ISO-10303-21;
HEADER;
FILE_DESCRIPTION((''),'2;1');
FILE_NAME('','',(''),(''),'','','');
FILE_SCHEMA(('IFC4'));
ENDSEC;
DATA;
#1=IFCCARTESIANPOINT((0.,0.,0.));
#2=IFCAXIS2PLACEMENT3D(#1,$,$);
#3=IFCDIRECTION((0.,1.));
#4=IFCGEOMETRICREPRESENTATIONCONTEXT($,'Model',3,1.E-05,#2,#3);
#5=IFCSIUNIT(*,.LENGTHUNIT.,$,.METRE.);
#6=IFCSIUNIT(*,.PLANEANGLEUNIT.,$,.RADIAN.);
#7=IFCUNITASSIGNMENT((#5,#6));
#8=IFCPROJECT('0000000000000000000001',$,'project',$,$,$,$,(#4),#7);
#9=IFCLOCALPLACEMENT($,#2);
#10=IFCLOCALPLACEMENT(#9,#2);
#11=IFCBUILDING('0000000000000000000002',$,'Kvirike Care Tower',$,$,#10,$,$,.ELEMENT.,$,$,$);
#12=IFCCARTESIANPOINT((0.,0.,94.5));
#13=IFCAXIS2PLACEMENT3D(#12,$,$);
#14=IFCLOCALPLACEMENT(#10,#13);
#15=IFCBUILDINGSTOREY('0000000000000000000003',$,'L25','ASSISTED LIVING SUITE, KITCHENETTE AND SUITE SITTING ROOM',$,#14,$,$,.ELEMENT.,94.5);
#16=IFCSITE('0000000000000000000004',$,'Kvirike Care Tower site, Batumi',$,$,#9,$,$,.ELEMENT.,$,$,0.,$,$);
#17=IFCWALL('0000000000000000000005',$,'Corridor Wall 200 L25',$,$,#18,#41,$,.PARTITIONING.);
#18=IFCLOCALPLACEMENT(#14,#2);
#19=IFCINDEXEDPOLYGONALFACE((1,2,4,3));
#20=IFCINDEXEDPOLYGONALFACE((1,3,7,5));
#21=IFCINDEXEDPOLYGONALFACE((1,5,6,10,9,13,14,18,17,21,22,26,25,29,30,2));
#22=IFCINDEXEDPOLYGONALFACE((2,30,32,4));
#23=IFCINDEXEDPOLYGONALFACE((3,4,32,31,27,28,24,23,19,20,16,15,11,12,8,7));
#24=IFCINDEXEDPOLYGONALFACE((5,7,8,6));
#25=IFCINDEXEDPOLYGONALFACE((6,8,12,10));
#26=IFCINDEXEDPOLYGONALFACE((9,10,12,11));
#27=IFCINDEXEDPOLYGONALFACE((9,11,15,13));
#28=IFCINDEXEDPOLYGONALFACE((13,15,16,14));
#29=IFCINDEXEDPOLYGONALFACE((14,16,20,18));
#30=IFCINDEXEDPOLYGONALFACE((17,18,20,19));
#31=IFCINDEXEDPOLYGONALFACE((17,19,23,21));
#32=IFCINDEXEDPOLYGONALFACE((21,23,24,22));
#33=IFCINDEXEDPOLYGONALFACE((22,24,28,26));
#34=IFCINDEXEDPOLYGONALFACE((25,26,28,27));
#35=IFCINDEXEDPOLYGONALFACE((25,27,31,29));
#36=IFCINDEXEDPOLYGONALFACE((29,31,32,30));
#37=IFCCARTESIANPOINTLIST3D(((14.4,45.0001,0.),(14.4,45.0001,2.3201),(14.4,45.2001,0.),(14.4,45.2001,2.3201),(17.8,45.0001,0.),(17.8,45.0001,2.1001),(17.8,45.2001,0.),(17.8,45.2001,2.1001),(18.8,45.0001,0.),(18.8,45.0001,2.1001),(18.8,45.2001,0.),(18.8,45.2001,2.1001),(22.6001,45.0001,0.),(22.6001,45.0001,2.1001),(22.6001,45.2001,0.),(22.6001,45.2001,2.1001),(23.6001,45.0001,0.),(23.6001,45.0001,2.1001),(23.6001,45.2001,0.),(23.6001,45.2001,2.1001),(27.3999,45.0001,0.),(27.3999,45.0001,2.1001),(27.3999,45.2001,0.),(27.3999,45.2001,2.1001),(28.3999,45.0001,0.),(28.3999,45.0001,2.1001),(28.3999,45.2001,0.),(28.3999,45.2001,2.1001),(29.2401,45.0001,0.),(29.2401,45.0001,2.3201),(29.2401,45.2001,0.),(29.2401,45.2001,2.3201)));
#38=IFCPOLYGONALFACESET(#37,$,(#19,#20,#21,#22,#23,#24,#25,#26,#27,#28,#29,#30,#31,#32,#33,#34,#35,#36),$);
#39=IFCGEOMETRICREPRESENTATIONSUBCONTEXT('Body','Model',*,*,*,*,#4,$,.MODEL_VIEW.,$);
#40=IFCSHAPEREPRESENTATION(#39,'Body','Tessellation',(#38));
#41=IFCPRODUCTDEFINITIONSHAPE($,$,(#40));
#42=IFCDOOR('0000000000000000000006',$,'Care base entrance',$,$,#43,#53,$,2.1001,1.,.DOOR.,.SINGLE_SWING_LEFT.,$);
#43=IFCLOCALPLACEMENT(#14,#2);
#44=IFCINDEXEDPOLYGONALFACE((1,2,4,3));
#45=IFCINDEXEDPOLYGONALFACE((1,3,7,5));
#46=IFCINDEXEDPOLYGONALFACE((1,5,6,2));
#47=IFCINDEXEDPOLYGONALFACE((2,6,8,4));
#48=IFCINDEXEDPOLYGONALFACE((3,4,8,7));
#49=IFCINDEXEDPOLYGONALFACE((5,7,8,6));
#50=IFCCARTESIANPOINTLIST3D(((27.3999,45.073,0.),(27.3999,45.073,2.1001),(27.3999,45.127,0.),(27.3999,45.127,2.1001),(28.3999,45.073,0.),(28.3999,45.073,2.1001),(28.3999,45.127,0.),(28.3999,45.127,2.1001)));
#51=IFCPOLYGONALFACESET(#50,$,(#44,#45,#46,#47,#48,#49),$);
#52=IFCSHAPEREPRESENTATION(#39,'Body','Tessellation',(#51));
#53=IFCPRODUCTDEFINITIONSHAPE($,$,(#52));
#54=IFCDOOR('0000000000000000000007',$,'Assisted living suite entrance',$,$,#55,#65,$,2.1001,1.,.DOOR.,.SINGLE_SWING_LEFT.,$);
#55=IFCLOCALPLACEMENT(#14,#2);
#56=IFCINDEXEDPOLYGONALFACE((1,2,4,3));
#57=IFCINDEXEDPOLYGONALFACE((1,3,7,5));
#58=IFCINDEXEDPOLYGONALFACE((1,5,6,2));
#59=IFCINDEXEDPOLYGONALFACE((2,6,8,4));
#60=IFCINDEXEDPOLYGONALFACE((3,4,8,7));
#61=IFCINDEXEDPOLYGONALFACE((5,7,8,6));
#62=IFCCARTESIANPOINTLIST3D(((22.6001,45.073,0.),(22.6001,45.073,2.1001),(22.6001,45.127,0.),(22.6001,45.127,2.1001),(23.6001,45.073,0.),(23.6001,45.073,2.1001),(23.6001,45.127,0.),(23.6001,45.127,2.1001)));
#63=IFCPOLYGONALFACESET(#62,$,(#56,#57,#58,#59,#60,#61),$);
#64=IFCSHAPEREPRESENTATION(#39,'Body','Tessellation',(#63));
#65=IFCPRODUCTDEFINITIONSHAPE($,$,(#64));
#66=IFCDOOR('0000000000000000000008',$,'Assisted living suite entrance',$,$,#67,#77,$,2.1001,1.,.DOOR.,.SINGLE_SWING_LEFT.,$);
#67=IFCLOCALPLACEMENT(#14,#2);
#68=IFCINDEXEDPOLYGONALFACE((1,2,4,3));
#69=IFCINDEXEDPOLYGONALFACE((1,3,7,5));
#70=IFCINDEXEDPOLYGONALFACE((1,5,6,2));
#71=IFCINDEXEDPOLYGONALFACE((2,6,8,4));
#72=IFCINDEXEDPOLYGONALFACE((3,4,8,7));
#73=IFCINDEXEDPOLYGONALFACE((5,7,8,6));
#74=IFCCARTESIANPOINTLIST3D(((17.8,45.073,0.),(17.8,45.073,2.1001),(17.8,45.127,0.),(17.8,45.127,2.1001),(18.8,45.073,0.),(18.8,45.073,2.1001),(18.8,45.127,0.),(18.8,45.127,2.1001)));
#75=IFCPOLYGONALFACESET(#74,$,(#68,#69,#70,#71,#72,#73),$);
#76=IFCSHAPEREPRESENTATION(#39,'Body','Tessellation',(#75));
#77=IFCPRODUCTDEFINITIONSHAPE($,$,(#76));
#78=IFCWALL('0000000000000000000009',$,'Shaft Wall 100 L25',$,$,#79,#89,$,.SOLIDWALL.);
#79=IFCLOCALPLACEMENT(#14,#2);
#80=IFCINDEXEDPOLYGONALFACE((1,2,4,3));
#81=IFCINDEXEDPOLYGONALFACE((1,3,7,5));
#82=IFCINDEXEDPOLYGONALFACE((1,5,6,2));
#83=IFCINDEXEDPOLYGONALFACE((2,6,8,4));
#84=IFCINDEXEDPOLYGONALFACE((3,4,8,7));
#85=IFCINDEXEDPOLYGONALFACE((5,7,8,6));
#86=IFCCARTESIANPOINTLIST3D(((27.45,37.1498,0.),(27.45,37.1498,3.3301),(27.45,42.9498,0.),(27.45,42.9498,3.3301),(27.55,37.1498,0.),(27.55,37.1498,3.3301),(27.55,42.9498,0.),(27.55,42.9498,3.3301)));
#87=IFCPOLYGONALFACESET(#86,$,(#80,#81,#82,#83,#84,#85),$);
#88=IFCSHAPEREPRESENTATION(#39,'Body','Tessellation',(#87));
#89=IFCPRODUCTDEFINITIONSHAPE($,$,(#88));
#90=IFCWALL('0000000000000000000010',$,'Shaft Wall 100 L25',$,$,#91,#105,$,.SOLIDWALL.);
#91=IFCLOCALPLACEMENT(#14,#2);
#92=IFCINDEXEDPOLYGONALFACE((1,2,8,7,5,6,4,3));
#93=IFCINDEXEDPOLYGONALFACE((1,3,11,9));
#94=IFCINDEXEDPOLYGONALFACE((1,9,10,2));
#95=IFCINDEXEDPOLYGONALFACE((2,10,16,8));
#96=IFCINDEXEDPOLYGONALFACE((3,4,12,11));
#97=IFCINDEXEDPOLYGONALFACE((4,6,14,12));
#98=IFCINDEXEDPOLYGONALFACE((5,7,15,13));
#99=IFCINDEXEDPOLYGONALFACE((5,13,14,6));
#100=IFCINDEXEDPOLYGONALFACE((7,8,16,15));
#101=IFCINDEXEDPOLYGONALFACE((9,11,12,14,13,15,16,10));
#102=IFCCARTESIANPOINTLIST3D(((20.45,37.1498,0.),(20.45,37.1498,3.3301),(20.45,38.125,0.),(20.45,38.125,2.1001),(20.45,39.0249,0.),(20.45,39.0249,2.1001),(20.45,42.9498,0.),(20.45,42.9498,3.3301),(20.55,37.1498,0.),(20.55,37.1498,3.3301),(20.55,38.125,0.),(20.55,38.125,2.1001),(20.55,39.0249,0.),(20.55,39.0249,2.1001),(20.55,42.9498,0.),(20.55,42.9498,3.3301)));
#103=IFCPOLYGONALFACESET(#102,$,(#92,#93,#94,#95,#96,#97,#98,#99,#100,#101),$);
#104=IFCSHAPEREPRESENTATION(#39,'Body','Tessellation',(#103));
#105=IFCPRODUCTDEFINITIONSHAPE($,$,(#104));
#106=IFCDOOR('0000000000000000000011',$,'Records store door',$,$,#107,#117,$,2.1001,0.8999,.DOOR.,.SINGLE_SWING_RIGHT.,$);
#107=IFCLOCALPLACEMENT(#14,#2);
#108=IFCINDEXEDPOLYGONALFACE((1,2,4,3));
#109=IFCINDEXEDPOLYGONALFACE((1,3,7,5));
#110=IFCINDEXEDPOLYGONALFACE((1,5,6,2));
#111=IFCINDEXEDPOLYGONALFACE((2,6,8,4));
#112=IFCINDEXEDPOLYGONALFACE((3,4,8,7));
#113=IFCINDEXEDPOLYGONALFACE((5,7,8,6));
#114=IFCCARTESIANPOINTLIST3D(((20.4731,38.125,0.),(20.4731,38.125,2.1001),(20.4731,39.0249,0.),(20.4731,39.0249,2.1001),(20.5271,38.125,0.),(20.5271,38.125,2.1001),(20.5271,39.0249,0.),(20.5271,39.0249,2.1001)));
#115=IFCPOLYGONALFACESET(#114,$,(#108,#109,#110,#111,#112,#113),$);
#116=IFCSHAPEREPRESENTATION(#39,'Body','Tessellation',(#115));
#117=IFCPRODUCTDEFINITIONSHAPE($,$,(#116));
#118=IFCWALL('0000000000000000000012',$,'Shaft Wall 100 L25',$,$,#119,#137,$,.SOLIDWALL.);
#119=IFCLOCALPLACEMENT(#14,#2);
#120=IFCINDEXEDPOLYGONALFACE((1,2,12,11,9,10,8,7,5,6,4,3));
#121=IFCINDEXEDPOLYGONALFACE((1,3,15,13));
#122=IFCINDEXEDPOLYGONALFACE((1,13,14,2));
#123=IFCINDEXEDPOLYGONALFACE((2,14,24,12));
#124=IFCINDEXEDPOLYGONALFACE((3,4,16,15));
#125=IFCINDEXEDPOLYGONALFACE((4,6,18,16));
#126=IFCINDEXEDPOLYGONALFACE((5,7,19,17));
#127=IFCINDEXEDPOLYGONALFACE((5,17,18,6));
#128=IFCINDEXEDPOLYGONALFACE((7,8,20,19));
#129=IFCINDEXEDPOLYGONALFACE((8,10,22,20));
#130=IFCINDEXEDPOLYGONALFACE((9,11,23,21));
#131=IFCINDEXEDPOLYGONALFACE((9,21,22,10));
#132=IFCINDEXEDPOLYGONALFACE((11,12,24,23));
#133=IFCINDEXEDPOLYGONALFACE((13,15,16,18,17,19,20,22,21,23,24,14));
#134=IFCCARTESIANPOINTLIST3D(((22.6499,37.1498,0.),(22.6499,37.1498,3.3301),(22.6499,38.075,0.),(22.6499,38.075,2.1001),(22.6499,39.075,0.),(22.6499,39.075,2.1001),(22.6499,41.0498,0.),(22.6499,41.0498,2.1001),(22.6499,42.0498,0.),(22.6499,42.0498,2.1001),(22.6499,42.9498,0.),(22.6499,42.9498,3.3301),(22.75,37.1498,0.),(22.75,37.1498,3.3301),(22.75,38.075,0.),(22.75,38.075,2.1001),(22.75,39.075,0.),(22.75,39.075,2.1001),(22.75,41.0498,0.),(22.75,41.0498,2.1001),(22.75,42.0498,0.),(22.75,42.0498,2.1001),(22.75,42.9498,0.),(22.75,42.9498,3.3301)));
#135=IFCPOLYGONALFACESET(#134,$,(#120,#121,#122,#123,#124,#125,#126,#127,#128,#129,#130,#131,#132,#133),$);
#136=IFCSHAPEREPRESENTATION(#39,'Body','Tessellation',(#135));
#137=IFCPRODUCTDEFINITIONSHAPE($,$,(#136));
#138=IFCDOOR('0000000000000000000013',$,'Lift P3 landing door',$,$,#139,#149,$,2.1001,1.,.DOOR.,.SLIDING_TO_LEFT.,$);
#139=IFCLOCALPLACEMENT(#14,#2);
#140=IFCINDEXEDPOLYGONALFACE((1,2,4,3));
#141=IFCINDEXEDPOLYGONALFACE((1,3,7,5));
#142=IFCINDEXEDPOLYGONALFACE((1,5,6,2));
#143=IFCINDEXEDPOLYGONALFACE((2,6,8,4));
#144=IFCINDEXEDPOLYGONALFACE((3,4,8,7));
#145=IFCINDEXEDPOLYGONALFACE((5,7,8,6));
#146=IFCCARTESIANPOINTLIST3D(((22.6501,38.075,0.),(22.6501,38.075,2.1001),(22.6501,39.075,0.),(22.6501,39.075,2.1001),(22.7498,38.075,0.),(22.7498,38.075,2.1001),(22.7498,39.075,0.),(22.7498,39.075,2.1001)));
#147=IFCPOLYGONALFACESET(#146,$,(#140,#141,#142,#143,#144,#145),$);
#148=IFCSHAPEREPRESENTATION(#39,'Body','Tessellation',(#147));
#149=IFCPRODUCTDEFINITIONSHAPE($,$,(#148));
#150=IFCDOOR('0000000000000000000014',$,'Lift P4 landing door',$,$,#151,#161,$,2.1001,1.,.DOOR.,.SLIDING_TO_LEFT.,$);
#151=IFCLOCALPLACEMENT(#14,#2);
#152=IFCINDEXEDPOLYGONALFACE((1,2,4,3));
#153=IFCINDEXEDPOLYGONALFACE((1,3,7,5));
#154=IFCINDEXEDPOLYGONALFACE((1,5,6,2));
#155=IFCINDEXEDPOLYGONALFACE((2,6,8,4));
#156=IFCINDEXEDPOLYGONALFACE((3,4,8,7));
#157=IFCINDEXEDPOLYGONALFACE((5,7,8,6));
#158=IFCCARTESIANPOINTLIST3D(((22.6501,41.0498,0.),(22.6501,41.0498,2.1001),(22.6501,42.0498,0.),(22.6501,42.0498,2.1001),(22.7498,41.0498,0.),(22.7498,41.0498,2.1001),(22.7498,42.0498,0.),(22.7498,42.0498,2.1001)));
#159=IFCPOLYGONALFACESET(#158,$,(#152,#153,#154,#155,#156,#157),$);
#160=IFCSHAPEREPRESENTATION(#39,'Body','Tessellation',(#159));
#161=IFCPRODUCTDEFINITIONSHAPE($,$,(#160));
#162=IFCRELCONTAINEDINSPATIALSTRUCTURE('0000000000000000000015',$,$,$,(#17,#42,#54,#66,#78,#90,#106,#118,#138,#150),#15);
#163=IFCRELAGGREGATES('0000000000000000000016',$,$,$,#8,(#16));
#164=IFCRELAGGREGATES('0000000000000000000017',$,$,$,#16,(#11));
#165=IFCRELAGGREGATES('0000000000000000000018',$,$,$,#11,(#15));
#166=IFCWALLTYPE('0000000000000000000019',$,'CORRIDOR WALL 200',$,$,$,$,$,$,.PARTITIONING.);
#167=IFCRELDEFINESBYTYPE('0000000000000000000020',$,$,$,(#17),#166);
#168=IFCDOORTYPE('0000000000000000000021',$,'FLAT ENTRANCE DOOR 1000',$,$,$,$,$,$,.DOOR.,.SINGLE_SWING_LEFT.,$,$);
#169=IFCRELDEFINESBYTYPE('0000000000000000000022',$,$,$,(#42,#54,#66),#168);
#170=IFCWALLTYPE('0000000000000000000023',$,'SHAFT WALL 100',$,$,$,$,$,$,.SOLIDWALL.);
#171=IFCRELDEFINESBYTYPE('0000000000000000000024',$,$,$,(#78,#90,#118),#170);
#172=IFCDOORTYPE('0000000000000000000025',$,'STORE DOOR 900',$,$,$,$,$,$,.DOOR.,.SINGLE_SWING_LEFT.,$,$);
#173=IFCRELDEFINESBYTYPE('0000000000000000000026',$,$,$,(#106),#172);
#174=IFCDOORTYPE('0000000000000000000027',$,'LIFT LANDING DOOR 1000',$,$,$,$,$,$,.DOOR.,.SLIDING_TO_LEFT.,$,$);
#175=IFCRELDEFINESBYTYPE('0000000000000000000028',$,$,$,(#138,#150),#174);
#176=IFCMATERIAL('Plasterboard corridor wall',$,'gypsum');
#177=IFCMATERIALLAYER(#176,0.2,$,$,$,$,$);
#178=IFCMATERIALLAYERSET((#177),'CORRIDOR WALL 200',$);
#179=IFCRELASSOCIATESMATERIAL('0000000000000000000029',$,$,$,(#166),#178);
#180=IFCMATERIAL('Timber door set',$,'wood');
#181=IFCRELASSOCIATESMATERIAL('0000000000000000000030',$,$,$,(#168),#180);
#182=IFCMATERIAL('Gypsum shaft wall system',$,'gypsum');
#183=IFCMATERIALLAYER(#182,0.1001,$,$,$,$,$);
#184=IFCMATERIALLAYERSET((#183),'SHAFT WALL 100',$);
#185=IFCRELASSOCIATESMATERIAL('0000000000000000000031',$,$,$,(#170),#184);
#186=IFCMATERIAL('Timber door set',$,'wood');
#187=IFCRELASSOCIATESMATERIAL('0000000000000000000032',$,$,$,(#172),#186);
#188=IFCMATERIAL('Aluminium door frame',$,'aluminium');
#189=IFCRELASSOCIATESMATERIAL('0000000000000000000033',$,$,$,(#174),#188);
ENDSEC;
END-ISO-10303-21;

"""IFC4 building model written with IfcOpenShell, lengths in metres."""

from ifc_helpers import new_model, si_unit, direction, frame, frame_2d, origin, place, context, subcontext, project, spatial, rectangle, extrude, material, layer, layer_set, type_object, element, fill, save


model = new_model("IFC4")

# Units and contexts
model_context = context("Model", 3, precision=1e-05, world=origin(), true_north=direction((0.0, 1.0)))
body_context = subcontext(model_context, "Body", "Model", "MODEL_VIEW")
ifc_project = project(units=[si_unit("LENGTHUNIT", "METRE"), si_unit("PLANEANGLEUNIT", "RADIAN")], contexts=[model_context])

# Site, building, storey
site_placement = place(None, origin())
site = spatial("IfcSite", under=ifc_project, at=site_placement, Name="Kvirike Care Tower site, Batumi", CompositionType="ELEMENT", RefElevation=0.0)
building_placement = place(site_placement, origin())
building = spatial("IfcBuilding", under=site, at=building_placement, Name="Kvirike Care Tower", CompositionType="ELEMENT")
storey_placement = place(building_placement, frame((0.0, 0.0, 94.5)))
storey = spatial("IfcBuildingStorey", under=building, at=storey_placement, Name="L25", Description="ASSISTED LIVING SUITE, KITCHENETTE AND SUITE SITTING ROOM", CompositionType="ELEMENT", Elevation=94.5)

# Wall, openings, doors
ifc_material_1 = material(Name="Plasterboard corridor wall", Category="gypsum")
ifc_layer_1 = layer(ifc_material_1, 0.2)
ifc_layer_set_1 = layer_set([ifc_layer_1], Name="CORRIDOR WALL 200")
wall_type_1 = type_object("IfcWallType", Name="CORRIDOR WALL 200", PredefinedType="PARTITIONING", material=ifc_layer_set_1)
wall_1_placement = place(storey_placement, frame((29.24, 45.1001, 0.0), z_axis=(0.0, 0.0, 1.0), x_axis=(-1.0, 0.0, 0.0)))
wall_1 = element("IfcWall", 1, at=wall_1_placement, inside=storey, type_object=wall_type_1, Name="Corridor Wall 200 L25", PredefinedType="PARTITIONING", context=body_context, shape_type="SweptSolid", body=[
    extrude(rectangle(XDim=14.8401, YDim=0.2, at=frame_2d((7.4199, 0.0))), origin(), (0.0, 0.0, 1.0), 2.3201),
])
opening_1_placement = place(wall_1_placement, frame((0.8401, 0.0, 0.0)))
opening_1 = element("IfcOpeningElement", 2, at=opening_1_placement, cuts=wall_1, PredefinedType="OPENING", context=body_context, shape_type="SweptSolid", body=[
    extrude(rectangle(XDim=1.0, YDim=2.1001, at=frame_2d((0.5, 1.05))), frame((0.0, 0.1106, 0.0), z_axis=(0.0, -1.0, 0.0), x_axis=(1.0, 0.0, 0.0)), (0.0, 0.0, 1.0), 0.2209),
])
opening_2_placement = place(wall_1_placement, frame((5.6399, 0.0, 0.0)))
opening_2 = element("IfcOpeningElement", 3, at=opening_2_placement, cuts=wall_1, PredefinedType="OPENING", context=body_context, shape_type="SweptSolid", body=[
    extrude(rectangle(XDim=1.0, YDim=2.1001, at=frame_2d((0.5, 1.05))), frame((0.0, 0.1106, 0.0), z_axis=(0.0, -1.0, 0.0), x_axis=(1.0, 0.0, 0.0)), (0.0, 0.0, 1.0), 0.2209),
])
opening_3_placement = place(wall_1_placement, frame((10.4399, 0.0, 0.0)))
opening_3 = element("IfcOpeningElement", 4, at=opening_3_placement, cuts=wall_1, PredefinedType="OPENING", context=body_context, shape_type="SweptSolid", body=[
    extrude(rectangle(XDim=1.0, YDim=2.1001, at=frame_2d((0.5, 1.05))), frame((0.0, 0.1106, 0.0), z_axis=(0.0, -1.0, 0.0), x_axis=(1.0, 0.0, 0.0)), (0.0, 0.0, 1.0), 0.2209),
])
ifc_material_2 = material(Name="Timber door set", Category="wood")
door_type_1 = type_object("IfcDoorType", Name="FLAT ENTRANCE DOOR 1000", OperationType="SINGLE_SWING_LEFT", PredefinedType="DOOR", material=ifc_material_2)
door_1_placement = place(opening_1_placement, frame((1.0, 0.0, 0.0), z_axis=(0.0, 0.0, 1.0), x_axis=(-1.0, 0.0, 0.0)))
door_1 = element("IfcDoor", 5, at=door_1_placement, inside=storey, type_object=door_type_1, Name="Care base entrance", OperationType="SINGLE_SWING_LEFT", OverallHeight=2.1001, OverallWidth=1.0, PredefinedType="DOOR", context=body_context, shape_type="SweptSolid", body=[
    extrude(rectangle(XDim=1.0, YDim=2.1001, at=frame_2d((0.5, 1.05))), frame((0.0, 0.0269, 0.0), z_axis=(0.0, -1.0, 0.0), x_axis=(1.0, 0.0, 0.0)), (0.0, 0.0, 1.0), 0.054),
])
fill(opening_1, door_1)
door_2_placement = place(opening_2_placement, frame((1.0, 0.0, 0.0), z_axis=(0.0, 0.0, 1.0), x_axis=(-1.0, 0.0, 0.0)))
door_2 = element("IfcDoor", 6, at=door_2_placement, inside=storey, type_object=door_type_1, Name="Assisted living suite entrance", OperationType="SINGLE_SWING_LEFT", OverallHeight=2.1001, OverallWidth=1.0, PredefinedType="DOOR", context=body_context, shape_type="SweptSolid", body=[
    extrude(rectangle(XDim=1.0, YDim=2.1001, at=frame_2d((0.5, 1.05))), frame((0.0, 0.0269, 0.0), z_axis=(0.0, -1.0, 0.0), x_axis=(1.0, 0.0, 0.0)), (0.0, 0.0, 1.0), 0.054),
])
fill(opening_2, door_2)
door_3_placement = place(opening_3_placement, frame((1.0, 0.0, 0.0), z_axis=(0.0, 0.0, 1.0), x_axis=(-1.0, 0.0, 0.0)))
door_3 = element("IfcDoor", 7, at=door_3_placement, inside=storey, type_object=door_type_1, Name="Assisted living suite entrance", OperationType="SINGLE_SWING_LEFT", OverallHeight=2.1001, OverallWidth=1.0, PredefinedType="DOOR", context=body_context, shape_type="SweptSolid", body=[
    extrude(rectangle(XDim=1.0, YDim=2.1001, at=frame_2d((0.5, 1.05))), frame((0.0, 0.0269, 0.0), z_axis=(0.0, -1.0, 0.0), x_axis=(1.0, 0.0, 0.0)), (0.0, 0.0, 1.0), 0.054),
])
fill(opening_3, door_3)

# Wall
ifc_material_3 = material(Name="Gypsum shaft wall system", Category="gypsum")
ifc_layer_2 = layer(ifc_material_3, 0.1001)
ifc_layer_set_2 = layer_set([ifc_layer_2], Name="SHAFT WALL 100")
wall_type_2 = type_object("IfcWallType", Name="SHAFT WALL 100", PredefinedType="SOLIDWALL", material=ifc_layer_set_2)
wall_2_placement = place(storey_placement, frame((27.5, 37.1499, 0.0), z_axis=(0.0, 0.0, 1.0), x_axis=(0.0, 1.0, 0.0)))
element("IfcWall", 8, at=wall_2_placement, inside=storey, type_object=wall_type_2, Name="Shaft Wall 100 L25", PredefinedType="SOLIDWALL", context=body_context, shape_type="SweptSolid", body=[
    extrude(rectangle(XDim=5.8, YDim=0.1001, at=frame_2d((2.8999, 0.0))), origin(), (0.0, 0.0, 1.0), 3.3301),
])

# Wall, opening, door
wall_3_placement = place(storey_placement, frame((20.5, 37.1499, 0.0), z_axis=(0.0, 0.0, 1.0), x_axis=(0.0, 1.0, 0.0)))
wall_3 = element("IfcWall", 9, at=wall_3_placement, inside=storey, type_object=wall_type_2, Name="Shaft Wall 100 L25", PredefinedType="SOLIDWALL", context=body_context, shape_type="SweptSolid", body=[
    extrude(rectangle(XDim=5.8, YDim=0.1001, at=frame_2d((2.8999, 0.0))), origin(), (0.0, 0.0, 1.0), 3.3301),
])
opening_4_placement = place(wall_3_placement, frame((0.9751, 0.0, 0.0)))
opening_4 = element("IfcOpeningElement", 10, at=opening_4_placement, cuts=wall_3, PredefinedType="OPENING", context=body_context, shape_type="SweptSolid", body=[
    extrude(rectangle(XDim=0.8999, YDim=2.1001, at=frame_2d((0.45, 1.05))), frame((0.0, 0.0605, 0.0), z_axis=(0.0, -1.0, 0.0), x_axis=(1.0, 0.0, 0.0)), (0.0, 0.0, 1.0), 0.1211),
])
ifc_material_4 = material(Name="Timber door set", Category="wood")
door_type_2 = type_object("IfcDoorType", Name="STORE DOOR 900", OperationType="SINGLE_SWING_LEFT", PredefinedType="DOOR", material=ifc_material_4)
door_4_placement = place(opening_4_placement, origin())
door_4 = element("IfcDoor", 11, at=door_4_placement, inside=storey, type_object=door_type_2, Name="Records store door", OperationType="SINGLE_SWING_RIGHT", OverallHeight=2.1001, OverallWidth=0.8999, PredefinedType="DOOR", context=body_context, shape_type="SweptSolid", body=[
    extrude(rectangle(XDim=0.8999, YDim=2.1001, at=frame_2d((0.45, 1.05))), frame((0.0, 0.0269, 0.0), z_axis=(0.0, -1.0, 0.0), x_axis=(1.0, 0.0, 0.0)), (0.0, 0.0, 1.0), 0.054),
])
fill(opening_4, door_4)

# Wall, openings, doors
wall_4_placement = place(storey_placement, frame((22.7, 37.1499, 0.0), z_axis=(0.0, 0.0, 1.0), x_axis=(0.0, 1.0, 0.0)))
wall_4 = element("IfcWall", 12, at=wall_4_placement, inside=storey, type_object=wall_type_2, Name="Shaft Wall 100 L25", PredefinedType="SOLIDWALL", context=body_context, shape_type="SweptSolid", body=[
    extrude(rectangle(XDim=5.8, YDim=0.1001, at=frame_2d((2.8999, 0.0))), origin(), (0.0, 0.0, 1.0), 3.3301),
])
opening_5_placement = place(wall_4_placement, frame((0.925, 0.0, 0.0)))
opening_5 = element("IfcOpeningElement", 13, at=opening_5_placement, cuts=wall_4, PredefinedType="OPENING", context=body_context, shape_type="SweptSolid", body=[
    extrude(rectangle(XDim=1.0, YDim=2.1001, at=frame_2d((0.5, 1.05))), frame((0.0, 0.0605, 0.0), z_axis=(0.0, -1.0, 0.0), x_axis=(1.0, 0.0, 0.0)), (0.0, 0.0, 1.0), 0.1211),
])
opening_6_placement = place(wall_4_placement, frame((3.8999, 0.0, 0.0)))
opening_6 = element("IfcOpeningElement", 14, at=opening_6_placement, cuts=wall_4, PredefinedType="OPENING", context=body_context, shape_type="SweptSolid", body=[
    extrude(rectangle(XDim=1.0, YDim=2.1001, at=frame_2d((0.5, 1.05))), frame((0.0, 0.0605, 0.0), z_axis=(0.0, -1.0, 0.0), x_axis=(1.0, 0.0, 0.0)), (0.0, 0.0, 1.0), 0.1211),
])
ifc_material_5 = material(Name="Aluminium door frame", Category="aluminium")
door_type_3 = type_object("IfcDoorType", Name="LIFT LANDING DOOR 1000", OperationType="SLIDING_TO_LEFT", PredefinedType="DOOR", material=ifc_material_5)
door_5_placement = place(opening_5_placement, origin())
door_5 = element("IfcDoor", 15, at=door_5_placement, inside=storey, type_object=door_type_3, Name="Lift P3 landing door", OperationType="SLIDING_TO_LEFT", OverallHeight=2.1001, OverallWidth=1.0, PredefinedType="DOOR", context=body_context, shape_type="SweptSolid", body=[
    extrude(rectangle(XDim=1.0, YDim=2.1001, at=frame_2d((0.5, 1.05))), frame((0.0, 0.0498, 0.0), z_axis=(0.0, -1.0, 0.0), x_axis=(1.0, 0.0, 0.0)), (0.0, 0.0, 1.0), 0.0996),
])
fill(opening_5, door_5)
door_6_placement = place(opening_6_placement, origin())
door_6 = element("IfcDoor", 16, at=door_6_placement, inside=storey, type_object=door_type_3, Name="Lift P4 landing door", OperationType="SLIDING_TO_LEFT", OverallHeight=2.1001, OverallWidth=1.0, PredefinedType="DOOR", context=body_context, shape_type="SweptSolid", body=[
    extrude(rectangle(XDim=1.0, YDim=2.1001, at=frame_2d((0.5, 1.05))), frame((0.0, 0.0498, 0.0), z_axis=(0.0, -1.0, 0.0), x_axis=(1.0, 0.0, 0.0)), (0.0, 0.0, 1.0), 0.0996),
])
fill(opening_6, door_6)

save(model, "model.ifc")
